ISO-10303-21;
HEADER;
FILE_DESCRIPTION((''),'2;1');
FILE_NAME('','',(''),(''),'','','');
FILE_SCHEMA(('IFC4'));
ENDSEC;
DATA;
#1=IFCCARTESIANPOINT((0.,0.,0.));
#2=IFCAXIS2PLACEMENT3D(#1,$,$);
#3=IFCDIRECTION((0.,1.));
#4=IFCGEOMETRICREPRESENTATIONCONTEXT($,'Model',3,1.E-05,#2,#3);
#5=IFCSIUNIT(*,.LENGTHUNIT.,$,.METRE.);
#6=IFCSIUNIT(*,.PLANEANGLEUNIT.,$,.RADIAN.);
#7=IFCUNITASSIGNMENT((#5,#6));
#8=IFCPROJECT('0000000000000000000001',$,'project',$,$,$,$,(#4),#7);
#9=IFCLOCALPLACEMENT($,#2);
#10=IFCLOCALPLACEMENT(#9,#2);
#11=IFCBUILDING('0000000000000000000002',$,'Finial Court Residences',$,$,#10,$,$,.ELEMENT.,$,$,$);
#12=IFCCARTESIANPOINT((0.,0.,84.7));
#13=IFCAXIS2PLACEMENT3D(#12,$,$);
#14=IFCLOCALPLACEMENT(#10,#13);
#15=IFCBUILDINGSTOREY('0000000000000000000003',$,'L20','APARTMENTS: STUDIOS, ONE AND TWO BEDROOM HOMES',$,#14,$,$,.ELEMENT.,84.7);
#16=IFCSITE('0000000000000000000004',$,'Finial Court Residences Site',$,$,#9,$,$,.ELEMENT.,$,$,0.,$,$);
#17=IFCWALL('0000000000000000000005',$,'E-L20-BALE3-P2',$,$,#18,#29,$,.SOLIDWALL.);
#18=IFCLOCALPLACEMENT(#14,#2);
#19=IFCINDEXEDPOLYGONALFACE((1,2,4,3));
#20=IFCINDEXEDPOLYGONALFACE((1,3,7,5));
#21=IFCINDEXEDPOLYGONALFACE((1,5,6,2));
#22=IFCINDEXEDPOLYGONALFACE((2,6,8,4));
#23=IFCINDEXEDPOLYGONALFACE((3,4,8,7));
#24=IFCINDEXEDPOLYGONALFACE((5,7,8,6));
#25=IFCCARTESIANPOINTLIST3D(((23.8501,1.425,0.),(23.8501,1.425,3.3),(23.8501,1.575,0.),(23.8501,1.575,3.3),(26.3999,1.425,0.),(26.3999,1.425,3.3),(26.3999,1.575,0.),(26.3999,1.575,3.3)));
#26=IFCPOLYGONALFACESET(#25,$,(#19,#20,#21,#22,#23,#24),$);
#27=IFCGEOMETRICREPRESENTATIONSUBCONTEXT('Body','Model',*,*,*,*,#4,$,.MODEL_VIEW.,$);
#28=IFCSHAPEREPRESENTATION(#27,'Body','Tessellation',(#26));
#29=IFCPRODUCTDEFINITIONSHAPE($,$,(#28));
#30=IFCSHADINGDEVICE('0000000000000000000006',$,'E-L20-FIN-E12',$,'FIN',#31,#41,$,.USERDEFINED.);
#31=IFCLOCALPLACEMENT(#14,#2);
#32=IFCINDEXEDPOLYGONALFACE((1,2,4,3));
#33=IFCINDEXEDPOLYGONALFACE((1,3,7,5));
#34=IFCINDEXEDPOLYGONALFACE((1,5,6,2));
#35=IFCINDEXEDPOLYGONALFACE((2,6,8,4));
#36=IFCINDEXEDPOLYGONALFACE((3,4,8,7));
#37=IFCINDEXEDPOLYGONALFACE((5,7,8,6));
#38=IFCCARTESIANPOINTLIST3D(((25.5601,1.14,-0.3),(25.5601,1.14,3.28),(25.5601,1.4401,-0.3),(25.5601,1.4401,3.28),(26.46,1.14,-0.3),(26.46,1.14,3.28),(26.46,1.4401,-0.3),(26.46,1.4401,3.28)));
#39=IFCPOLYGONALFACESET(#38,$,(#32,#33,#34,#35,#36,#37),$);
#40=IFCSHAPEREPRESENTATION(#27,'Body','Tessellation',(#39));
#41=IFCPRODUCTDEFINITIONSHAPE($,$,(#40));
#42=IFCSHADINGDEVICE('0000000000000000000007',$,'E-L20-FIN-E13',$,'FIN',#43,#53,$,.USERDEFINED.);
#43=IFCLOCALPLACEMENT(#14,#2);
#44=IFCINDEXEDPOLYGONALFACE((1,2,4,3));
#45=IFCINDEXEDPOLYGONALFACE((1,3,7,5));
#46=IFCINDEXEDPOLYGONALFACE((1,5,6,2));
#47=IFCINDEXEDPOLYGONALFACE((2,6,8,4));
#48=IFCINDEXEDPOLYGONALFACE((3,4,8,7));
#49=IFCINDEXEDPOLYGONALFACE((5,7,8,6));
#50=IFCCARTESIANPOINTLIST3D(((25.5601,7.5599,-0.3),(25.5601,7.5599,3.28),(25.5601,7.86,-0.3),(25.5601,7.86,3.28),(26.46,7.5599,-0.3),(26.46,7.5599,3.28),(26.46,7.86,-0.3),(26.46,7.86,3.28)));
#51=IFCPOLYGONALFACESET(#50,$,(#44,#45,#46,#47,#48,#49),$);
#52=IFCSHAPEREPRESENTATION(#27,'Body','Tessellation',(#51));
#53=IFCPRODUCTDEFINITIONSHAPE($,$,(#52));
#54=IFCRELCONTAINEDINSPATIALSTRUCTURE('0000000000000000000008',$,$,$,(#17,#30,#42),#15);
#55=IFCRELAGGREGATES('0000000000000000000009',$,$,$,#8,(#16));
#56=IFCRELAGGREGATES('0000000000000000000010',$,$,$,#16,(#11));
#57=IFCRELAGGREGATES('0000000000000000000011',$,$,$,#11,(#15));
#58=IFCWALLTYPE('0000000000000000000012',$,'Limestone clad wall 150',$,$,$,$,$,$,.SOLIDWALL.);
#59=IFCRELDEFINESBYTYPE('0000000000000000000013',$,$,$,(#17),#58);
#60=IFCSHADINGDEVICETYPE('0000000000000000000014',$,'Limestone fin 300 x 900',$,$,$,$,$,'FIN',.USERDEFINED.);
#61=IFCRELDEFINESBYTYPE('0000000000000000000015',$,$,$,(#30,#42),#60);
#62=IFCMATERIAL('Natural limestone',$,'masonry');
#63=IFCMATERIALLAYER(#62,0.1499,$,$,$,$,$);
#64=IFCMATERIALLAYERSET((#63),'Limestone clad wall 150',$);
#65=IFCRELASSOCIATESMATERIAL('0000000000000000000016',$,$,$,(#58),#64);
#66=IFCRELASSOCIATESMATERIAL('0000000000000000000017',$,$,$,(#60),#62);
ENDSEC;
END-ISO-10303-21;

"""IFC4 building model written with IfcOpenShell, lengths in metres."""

from ifc_helpers import new_model, si_unit, direction, frame, frame_2d, origin, origin_2d, place, context, subcontext, project, spatial, rectangle, extrude, material, layer, layer_set, type_object, element, save


model = new_model("IFC4")

# Units and contexts
model_context = context("Model", 3, precision=1e-05, world=origin(), true_north=direction((0.0, 1.0)))
body_context = subcontext(model_context, "Body", "Model", "MODEL_VIEW")
ifc_project = project(units=[si_unit("LENGTHUNIT", "METRE"), si_unit("PLANEANGLEUNIT", "RADIAN")], contexts=[model_context])

# Site, building, storey
site_placement = place(None, origin())
site = spatial("IfcSite", under=ifc_project, at=site_placement, Name="Finial Court Residences Site", CompositionType="ELEMENT", RefElevation=0.0)
building_placement = place(site_placement, origin())
building = spatial("IfcBuilding", under=site, at=building_placement, Name="Finial Court Residences", CompositionType="ELEMENT")
storey_placement = place(building_placement, frame((0.0, 0.0, 84.7)))
storey = spatial("IfcBuildingStorey", under=building, at=storey_placement, Name="L20", Description="APARTMENTS: STUDIOS, ONE AND TWO BEDROOM HOMES", CompositionType="ELEMENT", Elevation=84.7)

# Wall
ifc_material_1 = material(Name="Natural limestone", Category="masonry")
ifc_layer_1 = layer(ifc_material_1, 0.1499)
ifc_layer_set_1 = layer_set([ifc_layer_1], Name="Limestone clad wall 150")
wall_type_1 = type_object("IfcWallType", Name="Limestone clad wall 150", PredefinedType="SOLIDWALL", material=ifc_layer_set_1)
wall_1_placement = place(storey_placement, frame((23.8501, 1.5, 0.0), z_axis=(0.0, 0.0, 1.0), x_axis=(1.0, 0.0, 0.0)))
element("IfcWall", 1, at=wall_1_placement, inside=storey, type_object=wall_type_1, Name="E-L20-BALE3-P2", PredefinedType="SOLIDWALL", context=body_context, shape_type="SweptSolid", body=[
    extrude(rectangle(XDim=2.5498, YDim=0.1499, at=frame_2d((1.2749, 0.0))), origin(), (0.0, 0.0, 1.0), 3.3),
])

# Shading devices
shading_device_type = type_object("IfcShadingDeviceType", Name="Limestone fin 300 x 900", ElementType="FIN", PredefinedType="USERDEFINED", material=ifc_material_1)
for number, where, z_axis, x_axis, name in (
    (2, (26.01, 1.29, -0.3), (0.0, 0.0, 1.0), (1.0, 0.0, 0.0), "E-L20-FIN-E12"),
    (3, (26.01, 7.71, -0.3), (0.0, 0.0, 1.0), (1.0, 0.0, 0.0), "E-L20-FIN-E13"),
):
    element("IfcShadingDevice", number, at=place(storey_placement, frame(where, z_axis=z_axis, x_axis=x_axis)), inside=storey, type_object=shading_device_type, Name=name, ObjectType="FIN", PredefinedType="USERDEFINED", context=body_context, shape_type="SweptSolid", body=[
        extrude(rectangle(XDim=0.8999, YDim=0.3, at=origin_2d()), origin(), (0.0, 0.0, 1.0), 3.5801),
    ])

save(model, "model.ifc")
